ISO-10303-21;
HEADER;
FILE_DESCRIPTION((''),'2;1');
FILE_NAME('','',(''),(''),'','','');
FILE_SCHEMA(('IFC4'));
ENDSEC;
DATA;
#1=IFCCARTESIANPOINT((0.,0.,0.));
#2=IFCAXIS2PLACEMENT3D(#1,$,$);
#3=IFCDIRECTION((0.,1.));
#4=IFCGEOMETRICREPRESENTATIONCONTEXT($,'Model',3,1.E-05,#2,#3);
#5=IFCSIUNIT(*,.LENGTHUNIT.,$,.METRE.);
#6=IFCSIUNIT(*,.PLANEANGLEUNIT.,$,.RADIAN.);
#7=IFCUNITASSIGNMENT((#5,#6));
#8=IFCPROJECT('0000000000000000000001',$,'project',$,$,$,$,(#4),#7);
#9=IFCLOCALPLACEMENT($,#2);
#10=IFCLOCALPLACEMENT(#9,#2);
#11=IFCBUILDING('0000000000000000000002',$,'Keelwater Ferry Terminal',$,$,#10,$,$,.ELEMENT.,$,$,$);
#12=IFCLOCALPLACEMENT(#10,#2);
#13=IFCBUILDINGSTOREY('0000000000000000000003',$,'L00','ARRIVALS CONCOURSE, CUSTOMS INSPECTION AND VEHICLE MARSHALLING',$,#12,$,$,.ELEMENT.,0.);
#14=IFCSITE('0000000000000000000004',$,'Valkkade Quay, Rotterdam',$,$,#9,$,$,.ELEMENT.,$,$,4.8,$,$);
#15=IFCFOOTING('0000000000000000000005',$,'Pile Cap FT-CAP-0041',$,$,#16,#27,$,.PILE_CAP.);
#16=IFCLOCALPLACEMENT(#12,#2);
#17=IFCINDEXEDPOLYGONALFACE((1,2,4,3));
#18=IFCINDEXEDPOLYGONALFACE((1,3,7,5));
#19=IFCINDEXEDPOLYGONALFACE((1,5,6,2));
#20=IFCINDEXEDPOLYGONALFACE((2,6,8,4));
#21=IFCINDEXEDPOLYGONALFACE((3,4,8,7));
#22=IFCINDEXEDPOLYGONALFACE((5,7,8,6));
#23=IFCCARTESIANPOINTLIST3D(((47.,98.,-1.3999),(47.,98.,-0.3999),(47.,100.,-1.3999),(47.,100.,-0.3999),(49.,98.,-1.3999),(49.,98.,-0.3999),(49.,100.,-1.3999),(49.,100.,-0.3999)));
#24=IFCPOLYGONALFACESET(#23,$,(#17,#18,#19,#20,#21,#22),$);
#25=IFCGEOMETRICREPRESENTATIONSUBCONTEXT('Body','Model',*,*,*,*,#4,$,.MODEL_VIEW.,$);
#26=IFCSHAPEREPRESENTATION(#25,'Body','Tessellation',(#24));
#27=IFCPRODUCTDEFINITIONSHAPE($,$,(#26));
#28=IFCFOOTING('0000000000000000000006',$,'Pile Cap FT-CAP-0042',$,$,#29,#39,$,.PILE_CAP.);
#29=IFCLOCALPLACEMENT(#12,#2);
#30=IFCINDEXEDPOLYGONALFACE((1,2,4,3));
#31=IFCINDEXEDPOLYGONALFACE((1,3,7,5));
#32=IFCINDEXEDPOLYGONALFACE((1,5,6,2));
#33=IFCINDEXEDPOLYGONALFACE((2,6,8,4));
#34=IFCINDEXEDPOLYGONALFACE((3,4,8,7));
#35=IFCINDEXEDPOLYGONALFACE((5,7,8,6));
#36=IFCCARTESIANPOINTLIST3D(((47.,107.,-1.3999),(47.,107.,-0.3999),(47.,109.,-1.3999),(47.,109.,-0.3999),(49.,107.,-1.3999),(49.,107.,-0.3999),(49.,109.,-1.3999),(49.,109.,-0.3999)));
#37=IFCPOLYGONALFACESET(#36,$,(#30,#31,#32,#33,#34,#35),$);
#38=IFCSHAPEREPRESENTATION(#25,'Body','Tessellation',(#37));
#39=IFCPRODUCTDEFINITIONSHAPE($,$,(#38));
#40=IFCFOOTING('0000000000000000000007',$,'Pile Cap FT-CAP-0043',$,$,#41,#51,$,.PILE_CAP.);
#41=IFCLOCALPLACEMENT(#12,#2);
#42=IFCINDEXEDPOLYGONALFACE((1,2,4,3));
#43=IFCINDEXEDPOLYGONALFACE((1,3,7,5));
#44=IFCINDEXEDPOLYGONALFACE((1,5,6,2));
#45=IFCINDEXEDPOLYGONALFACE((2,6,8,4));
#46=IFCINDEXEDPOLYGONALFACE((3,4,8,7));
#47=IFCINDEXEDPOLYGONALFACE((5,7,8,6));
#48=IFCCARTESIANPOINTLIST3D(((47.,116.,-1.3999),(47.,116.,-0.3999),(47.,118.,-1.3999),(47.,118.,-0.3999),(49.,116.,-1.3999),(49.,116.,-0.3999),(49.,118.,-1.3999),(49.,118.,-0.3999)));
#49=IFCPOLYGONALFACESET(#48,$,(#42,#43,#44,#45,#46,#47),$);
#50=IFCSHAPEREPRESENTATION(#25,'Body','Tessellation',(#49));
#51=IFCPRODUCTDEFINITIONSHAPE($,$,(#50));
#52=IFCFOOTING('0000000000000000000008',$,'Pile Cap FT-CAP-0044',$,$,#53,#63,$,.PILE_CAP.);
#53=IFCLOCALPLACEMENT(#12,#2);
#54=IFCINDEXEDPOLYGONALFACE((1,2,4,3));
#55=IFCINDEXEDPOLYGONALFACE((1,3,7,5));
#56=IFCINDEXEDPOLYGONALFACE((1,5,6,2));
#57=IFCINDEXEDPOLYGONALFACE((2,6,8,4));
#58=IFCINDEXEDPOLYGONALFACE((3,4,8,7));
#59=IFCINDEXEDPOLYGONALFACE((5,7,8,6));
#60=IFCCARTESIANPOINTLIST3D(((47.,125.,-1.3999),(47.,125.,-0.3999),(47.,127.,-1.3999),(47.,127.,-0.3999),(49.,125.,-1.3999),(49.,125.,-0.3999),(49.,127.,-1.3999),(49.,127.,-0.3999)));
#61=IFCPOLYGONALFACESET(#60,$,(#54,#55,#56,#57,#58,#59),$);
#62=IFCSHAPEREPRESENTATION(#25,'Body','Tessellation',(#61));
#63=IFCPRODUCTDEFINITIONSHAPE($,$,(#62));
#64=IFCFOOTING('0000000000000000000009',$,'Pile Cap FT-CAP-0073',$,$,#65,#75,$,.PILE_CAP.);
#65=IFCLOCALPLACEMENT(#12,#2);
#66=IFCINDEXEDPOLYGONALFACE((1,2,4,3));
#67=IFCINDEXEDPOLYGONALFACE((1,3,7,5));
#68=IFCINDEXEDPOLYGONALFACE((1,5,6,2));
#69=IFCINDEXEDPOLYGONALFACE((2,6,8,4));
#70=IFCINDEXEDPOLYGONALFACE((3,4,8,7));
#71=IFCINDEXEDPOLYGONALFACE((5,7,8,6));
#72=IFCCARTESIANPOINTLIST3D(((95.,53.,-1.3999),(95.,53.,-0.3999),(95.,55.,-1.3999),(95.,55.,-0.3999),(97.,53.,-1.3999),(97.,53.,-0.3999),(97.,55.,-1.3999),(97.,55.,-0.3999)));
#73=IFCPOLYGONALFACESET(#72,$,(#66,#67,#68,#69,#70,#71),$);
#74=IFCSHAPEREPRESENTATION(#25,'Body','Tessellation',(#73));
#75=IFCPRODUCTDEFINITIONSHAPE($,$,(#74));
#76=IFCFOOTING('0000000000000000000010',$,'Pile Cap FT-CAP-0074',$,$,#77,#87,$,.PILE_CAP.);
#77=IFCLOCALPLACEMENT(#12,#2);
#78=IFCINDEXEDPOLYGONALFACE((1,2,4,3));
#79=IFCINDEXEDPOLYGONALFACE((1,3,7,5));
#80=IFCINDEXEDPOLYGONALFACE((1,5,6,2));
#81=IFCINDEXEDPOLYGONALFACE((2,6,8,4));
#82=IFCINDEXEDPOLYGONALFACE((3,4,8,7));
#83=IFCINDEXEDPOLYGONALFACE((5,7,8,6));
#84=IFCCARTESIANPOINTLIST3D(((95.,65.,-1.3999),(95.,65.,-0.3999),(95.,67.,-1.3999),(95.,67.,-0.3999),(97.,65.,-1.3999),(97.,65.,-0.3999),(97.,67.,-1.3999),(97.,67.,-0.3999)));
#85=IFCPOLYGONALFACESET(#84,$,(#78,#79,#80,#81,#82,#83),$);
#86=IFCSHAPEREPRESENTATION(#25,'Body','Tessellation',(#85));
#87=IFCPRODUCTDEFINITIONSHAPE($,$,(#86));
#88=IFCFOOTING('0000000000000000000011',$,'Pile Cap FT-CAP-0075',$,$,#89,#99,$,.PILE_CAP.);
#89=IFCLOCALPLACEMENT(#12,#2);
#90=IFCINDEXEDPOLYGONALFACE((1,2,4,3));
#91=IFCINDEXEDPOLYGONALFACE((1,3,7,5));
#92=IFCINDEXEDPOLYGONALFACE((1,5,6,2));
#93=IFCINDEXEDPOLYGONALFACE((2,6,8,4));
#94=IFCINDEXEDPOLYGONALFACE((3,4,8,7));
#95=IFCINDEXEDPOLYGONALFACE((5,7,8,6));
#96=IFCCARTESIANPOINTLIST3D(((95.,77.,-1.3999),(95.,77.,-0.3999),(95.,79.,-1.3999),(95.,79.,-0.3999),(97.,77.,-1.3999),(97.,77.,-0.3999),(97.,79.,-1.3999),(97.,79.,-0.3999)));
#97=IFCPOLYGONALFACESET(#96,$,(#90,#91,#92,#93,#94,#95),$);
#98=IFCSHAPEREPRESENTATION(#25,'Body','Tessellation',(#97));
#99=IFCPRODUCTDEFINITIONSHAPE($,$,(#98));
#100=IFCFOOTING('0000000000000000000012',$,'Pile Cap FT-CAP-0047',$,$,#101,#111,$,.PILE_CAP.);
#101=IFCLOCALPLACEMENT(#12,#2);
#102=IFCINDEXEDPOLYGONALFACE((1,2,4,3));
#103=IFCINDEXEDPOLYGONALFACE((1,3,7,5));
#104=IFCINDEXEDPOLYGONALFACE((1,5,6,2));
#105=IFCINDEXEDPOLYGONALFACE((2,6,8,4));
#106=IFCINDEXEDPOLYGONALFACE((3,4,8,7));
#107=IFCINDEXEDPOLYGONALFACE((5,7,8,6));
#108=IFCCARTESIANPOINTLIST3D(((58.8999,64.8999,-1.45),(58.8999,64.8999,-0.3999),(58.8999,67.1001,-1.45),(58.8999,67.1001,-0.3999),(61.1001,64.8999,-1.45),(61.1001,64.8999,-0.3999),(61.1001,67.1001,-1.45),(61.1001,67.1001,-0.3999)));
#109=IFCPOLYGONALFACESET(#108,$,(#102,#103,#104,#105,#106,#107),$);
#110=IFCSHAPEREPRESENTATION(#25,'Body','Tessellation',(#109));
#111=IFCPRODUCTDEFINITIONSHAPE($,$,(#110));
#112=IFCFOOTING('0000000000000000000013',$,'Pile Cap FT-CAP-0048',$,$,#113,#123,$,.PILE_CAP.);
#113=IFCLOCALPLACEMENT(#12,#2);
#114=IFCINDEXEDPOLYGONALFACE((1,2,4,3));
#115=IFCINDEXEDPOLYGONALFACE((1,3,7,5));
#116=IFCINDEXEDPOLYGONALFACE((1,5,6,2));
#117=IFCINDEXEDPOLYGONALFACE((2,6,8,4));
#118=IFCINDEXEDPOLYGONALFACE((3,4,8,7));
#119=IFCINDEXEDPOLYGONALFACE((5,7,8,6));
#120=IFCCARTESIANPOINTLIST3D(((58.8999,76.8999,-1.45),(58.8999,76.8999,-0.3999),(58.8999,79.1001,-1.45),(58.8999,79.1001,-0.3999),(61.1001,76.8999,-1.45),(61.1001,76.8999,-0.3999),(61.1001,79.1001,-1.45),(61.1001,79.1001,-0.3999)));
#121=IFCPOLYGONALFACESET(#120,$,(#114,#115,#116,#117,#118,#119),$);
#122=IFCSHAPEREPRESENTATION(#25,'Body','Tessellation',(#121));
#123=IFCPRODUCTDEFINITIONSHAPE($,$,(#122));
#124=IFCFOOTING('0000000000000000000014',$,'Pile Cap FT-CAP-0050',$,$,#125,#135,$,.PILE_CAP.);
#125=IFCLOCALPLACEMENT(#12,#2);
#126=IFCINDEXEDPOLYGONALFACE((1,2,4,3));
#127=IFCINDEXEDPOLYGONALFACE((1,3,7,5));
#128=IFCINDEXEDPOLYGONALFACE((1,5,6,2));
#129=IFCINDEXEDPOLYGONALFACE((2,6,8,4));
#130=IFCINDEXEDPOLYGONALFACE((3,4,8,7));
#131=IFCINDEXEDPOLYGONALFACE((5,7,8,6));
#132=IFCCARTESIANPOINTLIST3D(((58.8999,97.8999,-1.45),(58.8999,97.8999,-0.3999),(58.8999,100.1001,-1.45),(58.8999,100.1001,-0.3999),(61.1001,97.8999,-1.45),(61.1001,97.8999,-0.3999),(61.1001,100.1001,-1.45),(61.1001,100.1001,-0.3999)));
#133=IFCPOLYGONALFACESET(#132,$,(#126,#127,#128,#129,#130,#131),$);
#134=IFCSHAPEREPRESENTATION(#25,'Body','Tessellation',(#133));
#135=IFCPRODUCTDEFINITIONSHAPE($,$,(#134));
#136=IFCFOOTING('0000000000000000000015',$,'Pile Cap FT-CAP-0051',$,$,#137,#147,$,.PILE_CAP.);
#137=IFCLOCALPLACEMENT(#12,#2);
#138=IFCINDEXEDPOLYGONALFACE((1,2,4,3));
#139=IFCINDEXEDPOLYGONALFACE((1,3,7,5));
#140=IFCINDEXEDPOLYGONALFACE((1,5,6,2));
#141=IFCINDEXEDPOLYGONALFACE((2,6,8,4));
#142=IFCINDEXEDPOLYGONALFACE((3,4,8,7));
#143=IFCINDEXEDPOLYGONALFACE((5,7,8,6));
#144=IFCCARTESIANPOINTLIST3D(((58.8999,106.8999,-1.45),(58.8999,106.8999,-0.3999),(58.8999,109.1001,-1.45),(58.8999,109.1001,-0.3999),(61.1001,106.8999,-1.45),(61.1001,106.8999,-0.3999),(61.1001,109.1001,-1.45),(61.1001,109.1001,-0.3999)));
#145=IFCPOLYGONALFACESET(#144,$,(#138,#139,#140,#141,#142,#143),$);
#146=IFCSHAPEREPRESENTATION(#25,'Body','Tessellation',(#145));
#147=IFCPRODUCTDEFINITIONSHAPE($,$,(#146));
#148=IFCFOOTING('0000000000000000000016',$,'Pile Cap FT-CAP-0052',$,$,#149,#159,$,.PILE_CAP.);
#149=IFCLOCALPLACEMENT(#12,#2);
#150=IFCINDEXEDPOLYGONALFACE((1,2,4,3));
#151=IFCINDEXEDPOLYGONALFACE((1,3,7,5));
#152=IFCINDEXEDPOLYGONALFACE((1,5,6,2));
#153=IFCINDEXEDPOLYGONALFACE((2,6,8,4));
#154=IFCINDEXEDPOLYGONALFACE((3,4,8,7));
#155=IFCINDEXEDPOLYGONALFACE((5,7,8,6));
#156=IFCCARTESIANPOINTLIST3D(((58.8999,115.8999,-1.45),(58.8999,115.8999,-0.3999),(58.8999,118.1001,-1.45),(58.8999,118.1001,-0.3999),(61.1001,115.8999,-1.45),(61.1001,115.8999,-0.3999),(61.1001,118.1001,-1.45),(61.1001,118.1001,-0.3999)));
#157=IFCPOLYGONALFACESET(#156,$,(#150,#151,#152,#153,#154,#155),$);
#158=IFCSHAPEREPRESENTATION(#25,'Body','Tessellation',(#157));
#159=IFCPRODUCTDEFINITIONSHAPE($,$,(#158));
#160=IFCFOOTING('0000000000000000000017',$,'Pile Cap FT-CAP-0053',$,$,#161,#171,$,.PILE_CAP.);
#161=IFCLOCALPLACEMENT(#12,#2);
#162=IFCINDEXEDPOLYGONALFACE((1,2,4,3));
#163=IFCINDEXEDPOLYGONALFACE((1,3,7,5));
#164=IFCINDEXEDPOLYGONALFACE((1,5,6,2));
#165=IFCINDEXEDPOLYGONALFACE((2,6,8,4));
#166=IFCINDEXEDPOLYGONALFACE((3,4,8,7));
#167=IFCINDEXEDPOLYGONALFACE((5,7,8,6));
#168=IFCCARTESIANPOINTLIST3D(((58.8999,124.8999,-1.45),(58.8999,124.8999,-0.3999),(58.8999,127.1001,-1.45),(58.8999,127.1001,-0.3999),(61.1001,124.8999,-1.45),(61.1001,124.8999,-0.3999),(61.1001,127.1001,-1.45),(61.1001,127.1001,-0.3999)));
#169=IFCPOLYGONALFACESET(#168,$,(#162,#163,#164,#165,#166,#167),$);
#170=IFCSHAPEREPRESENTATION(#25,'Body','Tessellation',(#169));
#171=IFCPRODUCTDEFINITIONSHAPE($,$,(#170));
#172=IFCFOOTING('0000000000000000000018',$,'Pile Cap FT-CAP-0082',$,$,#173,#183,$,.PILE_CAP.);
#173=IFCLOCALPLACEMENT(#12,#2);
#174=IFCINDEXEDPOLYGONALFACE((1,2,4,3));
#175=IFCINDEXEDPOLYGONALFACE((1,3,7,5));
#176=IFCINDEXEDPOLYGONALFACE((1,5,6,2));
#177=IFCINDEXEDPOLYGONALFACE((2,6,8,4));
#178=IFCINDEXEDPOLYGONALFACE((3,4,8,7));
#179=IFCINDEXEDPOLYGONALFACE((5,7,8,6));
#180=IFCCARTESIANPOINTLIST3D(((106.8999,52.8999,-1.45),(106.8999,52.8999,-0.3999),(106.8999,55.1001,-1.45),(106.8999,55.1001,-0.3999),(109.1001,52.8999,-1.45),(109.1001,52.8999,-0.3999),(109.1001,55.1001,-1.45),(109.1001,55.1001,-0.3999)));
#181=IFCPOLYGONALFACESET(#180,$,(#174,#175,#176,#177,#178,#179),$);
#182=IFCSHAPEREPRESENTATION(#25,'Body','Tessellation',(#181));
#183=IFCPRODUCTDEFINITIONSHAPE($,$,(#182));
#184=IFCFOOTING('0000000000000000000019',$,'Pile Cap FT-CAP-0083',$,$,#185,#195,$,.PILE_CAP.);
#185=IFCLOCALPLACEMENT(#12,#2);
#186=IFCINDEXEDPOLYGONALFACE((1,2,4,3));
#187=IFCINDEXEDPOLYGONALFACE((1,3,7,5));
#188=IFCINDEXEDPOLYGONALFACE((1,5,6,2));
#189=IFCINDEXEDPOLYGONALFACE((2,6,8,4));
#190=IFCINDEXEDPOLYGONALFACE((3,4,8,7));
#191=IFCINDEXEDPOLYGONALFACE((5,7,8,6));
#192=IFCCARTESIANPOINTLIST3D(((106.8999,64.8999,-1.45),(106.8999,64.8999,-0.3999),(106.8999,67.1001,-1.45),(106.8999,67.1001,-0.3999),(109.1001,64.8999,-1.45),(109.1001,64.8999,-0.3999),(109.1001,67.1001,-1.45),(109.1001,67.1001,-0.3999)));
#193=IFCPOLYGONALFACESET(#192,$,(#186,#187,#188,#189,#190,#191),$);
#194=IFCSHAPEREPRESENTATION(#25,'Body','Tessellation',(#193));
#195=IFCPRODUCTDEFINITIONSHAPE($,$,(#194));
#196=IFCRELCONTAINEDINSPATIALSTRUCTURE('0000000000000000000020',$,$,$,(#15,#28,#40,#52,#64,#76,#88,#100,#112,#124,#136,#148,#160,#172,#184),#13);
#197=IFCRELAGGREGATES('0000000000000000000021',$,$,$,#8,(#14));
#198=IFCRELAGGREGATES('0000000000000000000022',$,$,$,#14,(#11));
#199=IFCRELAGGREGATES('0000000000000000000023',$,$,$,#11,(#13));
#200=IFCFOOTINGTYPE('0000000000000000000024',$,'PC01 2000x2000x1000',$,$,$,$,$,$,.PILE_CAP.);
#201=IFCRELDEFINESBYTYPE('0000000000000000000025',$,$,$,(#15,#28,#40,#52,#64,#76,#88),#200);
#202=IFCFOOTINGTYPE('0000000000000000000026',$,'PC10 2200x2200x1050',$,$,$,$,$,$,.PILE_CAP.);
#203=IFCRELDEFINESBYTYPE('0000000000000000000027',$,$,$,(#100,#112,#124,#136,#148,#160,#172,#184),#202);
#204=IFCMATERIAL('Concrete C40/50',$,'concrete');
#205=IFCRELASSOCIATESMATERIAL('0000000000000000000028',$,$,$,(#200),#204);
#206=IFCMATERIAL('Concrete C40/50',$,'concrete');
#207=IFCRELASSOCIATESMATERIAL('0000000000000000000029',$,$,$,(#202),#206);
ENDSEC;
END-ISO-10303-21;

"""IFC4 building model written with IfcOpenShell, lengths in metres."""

from ifc_helpers import new_model, si_unit, direction, frame, origin, place, context, subcontext, project, spatial, polyline, outline, extrude, material, type_object, element, save


model = new_model("IFC4")

# Units and contexts
model_context = context("Model", 3, precision=1e-05, world=origin(), true_north=direction((0.0, 1.0)))
body_context = subcontext(model_context, "Body", "Model", "MODEL_VIEW")
ifc_project = project(units=[si_unit("LENGTHUNIT", "METRE"), si_unit("PLANEANGLEUNIT", "RADIAN")], contexts=[model_context])

# Site, building, storey
site_placement = place(None, origin())
site = spatial("IfcSite", under=ifc_project, at=site_placement, Name="Valkkade Quay, Rotterdam", CompositionType="ELEMENT", RefElevation=4.8)
building_placement = place(site_placement, origin())
building = spatial("IfcBuilding", under=site, at=building_placement, Name="Keelwater Ferry Terminal", CompositionType="ELEMENT")
storey_placement = place(building_placement, origin())
storey = spatial("IfcBuildingStorey", under=building, at=storey_placement, Name="L00", Description="ARRIVALS CONCOURSE, CUSTOMS INSPECTION AND VEHICLE MARSHALLING", CompositionType="ELEMENT", Elevation=0.0)

# Footings
ifc_material_1 = material(Name="Concrete C40/50", Category="concrete")
footing_type_1 = type_object("IfcFootingType", Name="PC01 2000x2000x1000", PredefinedType="PILE_CAP", material=ifc_material_1)
footing_1_placement = place(storey_placement, frame((0.0, 0.0, -1.3999)))
element("IfcFooting", 1, at=footing_1_placement, inside=storey, type_object=footing_type_1, Name="Pile Cap FT-CAP-0041", PredefinedType="PILE_CAP", context=body_context, shape_type="SweptSolid", body=[
    extrude(outline(polyline([(47.0, 98.0), (49.0, 98.0), (49.0, 100.0), (47.0, 100.0), (47.0, 98.0)])), origin(), (0.0, 0.0, 1.0), 1.0),
])
footing_2_placement = place(storey_placement, frame((0.0, 0.0, -1.3999)))
element("IfcFooting", 2, at=footing_2_placement, inside=storey, type_object=footing_type_1, Name="Pile Cap FT-CAP-0042", PredefinedType="PILE_CAP", context=body_context, shape_type="SweptSolid", body=[
    extrude(outline(polyline([(47.0, 107.0), (49.0, 107.0), (49.0, 109.0), (47.0, 109.0), (47.0, 107.0)])), origin(), (0.0, 0.0, 1.0), 1.0),
])
footing_3_placement = place(storey_placement, frame((0.0, 0.0, -1.3999)))
element("IfcFooting", 3, at=footing_3_placement, inside=storey, type_object=footing_type_1, Name="Pile Cap FT-CAP-0043", PredefinedType="PILE_CAP", context=body_context, shape_type="SweptSolid", body=[
    extrude(outline(polyline([(47.0, 116.0), (49.0, 116.0), (49.0, 118.0), (47.0, 118.0), (47.0, 116.0)])), origin(), (0.0, 0.0, 1.0), 1.0),
])
footing_4_placement = place(storey_placement, frame((0.0, 0.0, -1.3999)))
element("IfcFooting", 4, at=footing_4_placement, inside=storey, type_object=footing_type_1, Name="Pile Cap FT-CAP-0044", PredefinedType="PILE_CAP", context=body_context, shape_type="SweptSolid", body=[
    extrude(outline(polyline([(47.0, 125.0), (49.0, 125.0), (49.0, 127.0), (47.0, 127.0), (47.0, 125.0)])), origin(), (0.0, 0.0, 1.0), 1.0),
])
footing_5_placement = place(storey_placement, frame((0.0, 0.0, -1.3999)))
element("IfcFooting", 5, at=footing_5_placement, inside=storey, type_object=footing_type_1, Name="Pile Cap FT-CAP-0073", PredefinedType="PILE_CAP", context=body_context, shape_type="SweptSolid", body=[
    extrude(outline(polyline([(95.0, 53.0), (97.0, 53.0), (97.0, 55.0), (95.0, 55.0), (95.0, 53.0)])), origin(), (0.0, 0.0, 1.0), 1.0),
])
footing_6_placement = place(storey_placement, frame((0.0, 0.0, -1.3999)))
element("IfcFooting", 6, at=footing_6_placement, inside=storey, type_object=footing_type_1, Name="Pile Cap FT-CAP-0074", PredefinedType="PILE_CAP", context=body_context, shape_type="SweptSolid", body=[
    extrude(outline(polyline([(95.0, 65.0), (97.0, 65.0), (97.0, 67.0), (95.0, 67.0), (95.0, 65.0)])), origin(), (0.0, 0.0, 1.0), 1.0),
])
footing_7_placement = place(storey_placement, frame((0.0, 0.0, -1.3999)))
element("IfcFooting", 7, at=footing_7_placement, inside=storey, type_object=footing_type_1, Name="Pile Cap FT-CAP-0075", PredefinedType="PILE_CAP", context=body_context, shape_type="SweptSolid", body=[
    extrude(outline(polyline([(95.0, 77.0), (97.0, 77.0), (97.0, 79.0), (95.0, 79.0), (95.0, 77.0)])), origin(), (0.0, 0.0, 1.0), 1.0),
])
ifc_material_2 = material(Name="Concrete C40/50", Category="concrete")
footing_type_2 = type_object("IfcFootingType", Name="PC10 2200x2200x1050", PredefinedType="PILE_CAP", material=ifc_material_2)
footing_8_placement = place(storey_placement, frame((0.0, 0.0, -1.45)))
element("IfcFooting", 8, at=footing_8_placement, inside=storey, type_object=footing_type_2, Name="Pile Cap FT-CAP-0047", PredefinedType="PILE_CAP", context=body_context, shape_type="SweptSolid", body=[
    extrude(outline(polyline([(58.8999, 64.8999), (61.1001, 64.8999), (61.1001, 67.1001), (58.8999, 67.1001), (58.8999, 64.8999)])), origin(), (0.0, 0.0, 1.0), 1.05),
])
footing_9_placement = place(storey_placement, frame((0.0, 0.0, -1.45)))
element("IfcFooting", 9, at=footing_9_placement, inside=storey, type_object=footing_type_2, Name="Pile Cap FT-CAP-0048", PredefinedType="PILE_CAP", context=body_context, shape_type="SweptSolid", body=[
    extrude(outline(polyline([(58.8999, 76.8999), (61.1001, 76.8999), (61.1001, 79.1001), (58.8999, 79.1001), (58.8999, 76.8999)])), origin(), (0.0, 0.0, 1.0), 1.05),
])
footing_10_placement = place(storey_placement, frame((0.0, 0.0, -1.45)))
element("IfcFooting", 10, at=footing_10_placement, inside=storey, type_object=footing_type_2, Name="Pile Cap FT-CAP-0050", PredefinedType="PILE_CAP", context=body_context, shape_type="SweptSolid", body=[
    extrude(outline(polyline([(58.8999, 97.8999), (61.1001, 97.8999), (61.1001, 100.1001), (58.8999, 100.1001), (58.8999, 97.8999)])), origin(), (0.0, 0.0, 1.0), 1.05),
])
footing_11_placement = place(storey_placement, frame((0.0, 0.0, -1.45)))
element("IfcFooting", 11, at=footing_11_placement, inside=storey, type_object=footing_type_2, Name="Pile Cap FT-CAP-0051", PredefinedType="PILE_CAP", context=body_context, shape_type="SweptSolid", body=[
    extrude(outline(polyline([(58.8999, 106.8999), (61.1001, 106.8999), (61.1001, 109.1001), (58.8999, 109.1001), (58.8999, 106.8999)])), origin(), (0.0, 0.0, 1.0), 1.05),
])
footing_12_placement = place(storey_placement, frame((0.0, 0.0, -1.45)))
element("IfcFooting", 12, at=footing_12_placement, inside=storey, type_object=footing_type_2, Name="Pile Cap FT-CAP-0052", PredefinedType="PILE_CAP", context=body_context, shape_type="SweptSolid", body=[
    extrude(outline(polyline([(58.8999, 115.8999), (61.1001, 115.8999), (61.1001, 118.1001), (58.8999, 118.1001), (58.8999, 115.8999)])), origin(), (0.0, 0.0, 1.0), 1.05),
])
footing_13_placement = place(storey_placement, frame((0.0, 0.0, -1.45)))
element("IfcFooting", 13, at=footing_13_placement, inside=storey, type_object=footing_type_2, Name="Pile Cap FT-CAP-0053", PredefinedType="PILE_CAP", context=body_context, shape_type="SweptSolid", body=[
    extrude(outline(polyline([(58.8999, 124.8999), (61.1001, 124.8999), (61.1001, 127.1001), (58.8999, 127.1001), (58.8999, 124.8999)])), origin(), (0.0, 0.0, 1.0), 1.05),
])
footing_14_placement = place(storey_placement, frame((0.0, 0.0, -1.45)))
element("IfcFooting", 14, at=footing_14_placement, inside=storey, type_object=footing_type_2, Name="Pile Cap FT-CAP-0082", PredefinedType="PILE_CAP", context=body_context, shape_type="SweptSolid", body=[
    extrude(outline(polyline([(106.8999, 52.8999), (109.1001, 52.8999), (109.1001, 55.1001), (106.8999, 55.1001), (106.8999, 52.8999)])), origin(), (0.0, 0.0, 1.0), 1.05),
])
footing_15_placement = place(storey_placement, frame((0.0, 0.0, -1.45)))
element("IfcFooting", 15, at=footing_15_placement, inside=storey, type_object=footing_type_2, Name="Pile Cap FT-CAP-0083", PredefinedType="PILE_CAP", context=body_context, shape_type="SweptSolid", body=[
    extrude(outline(polyline([(106.8999, 64.8999), (109.1001, 64.8999), (109.1001, 67.1001), (106.8999, 67.1001), (106.8999, 64.8999)])), origin(), (0.0, 0.0, 1.0), 1.05),
])

save(model, "model.ifc")
